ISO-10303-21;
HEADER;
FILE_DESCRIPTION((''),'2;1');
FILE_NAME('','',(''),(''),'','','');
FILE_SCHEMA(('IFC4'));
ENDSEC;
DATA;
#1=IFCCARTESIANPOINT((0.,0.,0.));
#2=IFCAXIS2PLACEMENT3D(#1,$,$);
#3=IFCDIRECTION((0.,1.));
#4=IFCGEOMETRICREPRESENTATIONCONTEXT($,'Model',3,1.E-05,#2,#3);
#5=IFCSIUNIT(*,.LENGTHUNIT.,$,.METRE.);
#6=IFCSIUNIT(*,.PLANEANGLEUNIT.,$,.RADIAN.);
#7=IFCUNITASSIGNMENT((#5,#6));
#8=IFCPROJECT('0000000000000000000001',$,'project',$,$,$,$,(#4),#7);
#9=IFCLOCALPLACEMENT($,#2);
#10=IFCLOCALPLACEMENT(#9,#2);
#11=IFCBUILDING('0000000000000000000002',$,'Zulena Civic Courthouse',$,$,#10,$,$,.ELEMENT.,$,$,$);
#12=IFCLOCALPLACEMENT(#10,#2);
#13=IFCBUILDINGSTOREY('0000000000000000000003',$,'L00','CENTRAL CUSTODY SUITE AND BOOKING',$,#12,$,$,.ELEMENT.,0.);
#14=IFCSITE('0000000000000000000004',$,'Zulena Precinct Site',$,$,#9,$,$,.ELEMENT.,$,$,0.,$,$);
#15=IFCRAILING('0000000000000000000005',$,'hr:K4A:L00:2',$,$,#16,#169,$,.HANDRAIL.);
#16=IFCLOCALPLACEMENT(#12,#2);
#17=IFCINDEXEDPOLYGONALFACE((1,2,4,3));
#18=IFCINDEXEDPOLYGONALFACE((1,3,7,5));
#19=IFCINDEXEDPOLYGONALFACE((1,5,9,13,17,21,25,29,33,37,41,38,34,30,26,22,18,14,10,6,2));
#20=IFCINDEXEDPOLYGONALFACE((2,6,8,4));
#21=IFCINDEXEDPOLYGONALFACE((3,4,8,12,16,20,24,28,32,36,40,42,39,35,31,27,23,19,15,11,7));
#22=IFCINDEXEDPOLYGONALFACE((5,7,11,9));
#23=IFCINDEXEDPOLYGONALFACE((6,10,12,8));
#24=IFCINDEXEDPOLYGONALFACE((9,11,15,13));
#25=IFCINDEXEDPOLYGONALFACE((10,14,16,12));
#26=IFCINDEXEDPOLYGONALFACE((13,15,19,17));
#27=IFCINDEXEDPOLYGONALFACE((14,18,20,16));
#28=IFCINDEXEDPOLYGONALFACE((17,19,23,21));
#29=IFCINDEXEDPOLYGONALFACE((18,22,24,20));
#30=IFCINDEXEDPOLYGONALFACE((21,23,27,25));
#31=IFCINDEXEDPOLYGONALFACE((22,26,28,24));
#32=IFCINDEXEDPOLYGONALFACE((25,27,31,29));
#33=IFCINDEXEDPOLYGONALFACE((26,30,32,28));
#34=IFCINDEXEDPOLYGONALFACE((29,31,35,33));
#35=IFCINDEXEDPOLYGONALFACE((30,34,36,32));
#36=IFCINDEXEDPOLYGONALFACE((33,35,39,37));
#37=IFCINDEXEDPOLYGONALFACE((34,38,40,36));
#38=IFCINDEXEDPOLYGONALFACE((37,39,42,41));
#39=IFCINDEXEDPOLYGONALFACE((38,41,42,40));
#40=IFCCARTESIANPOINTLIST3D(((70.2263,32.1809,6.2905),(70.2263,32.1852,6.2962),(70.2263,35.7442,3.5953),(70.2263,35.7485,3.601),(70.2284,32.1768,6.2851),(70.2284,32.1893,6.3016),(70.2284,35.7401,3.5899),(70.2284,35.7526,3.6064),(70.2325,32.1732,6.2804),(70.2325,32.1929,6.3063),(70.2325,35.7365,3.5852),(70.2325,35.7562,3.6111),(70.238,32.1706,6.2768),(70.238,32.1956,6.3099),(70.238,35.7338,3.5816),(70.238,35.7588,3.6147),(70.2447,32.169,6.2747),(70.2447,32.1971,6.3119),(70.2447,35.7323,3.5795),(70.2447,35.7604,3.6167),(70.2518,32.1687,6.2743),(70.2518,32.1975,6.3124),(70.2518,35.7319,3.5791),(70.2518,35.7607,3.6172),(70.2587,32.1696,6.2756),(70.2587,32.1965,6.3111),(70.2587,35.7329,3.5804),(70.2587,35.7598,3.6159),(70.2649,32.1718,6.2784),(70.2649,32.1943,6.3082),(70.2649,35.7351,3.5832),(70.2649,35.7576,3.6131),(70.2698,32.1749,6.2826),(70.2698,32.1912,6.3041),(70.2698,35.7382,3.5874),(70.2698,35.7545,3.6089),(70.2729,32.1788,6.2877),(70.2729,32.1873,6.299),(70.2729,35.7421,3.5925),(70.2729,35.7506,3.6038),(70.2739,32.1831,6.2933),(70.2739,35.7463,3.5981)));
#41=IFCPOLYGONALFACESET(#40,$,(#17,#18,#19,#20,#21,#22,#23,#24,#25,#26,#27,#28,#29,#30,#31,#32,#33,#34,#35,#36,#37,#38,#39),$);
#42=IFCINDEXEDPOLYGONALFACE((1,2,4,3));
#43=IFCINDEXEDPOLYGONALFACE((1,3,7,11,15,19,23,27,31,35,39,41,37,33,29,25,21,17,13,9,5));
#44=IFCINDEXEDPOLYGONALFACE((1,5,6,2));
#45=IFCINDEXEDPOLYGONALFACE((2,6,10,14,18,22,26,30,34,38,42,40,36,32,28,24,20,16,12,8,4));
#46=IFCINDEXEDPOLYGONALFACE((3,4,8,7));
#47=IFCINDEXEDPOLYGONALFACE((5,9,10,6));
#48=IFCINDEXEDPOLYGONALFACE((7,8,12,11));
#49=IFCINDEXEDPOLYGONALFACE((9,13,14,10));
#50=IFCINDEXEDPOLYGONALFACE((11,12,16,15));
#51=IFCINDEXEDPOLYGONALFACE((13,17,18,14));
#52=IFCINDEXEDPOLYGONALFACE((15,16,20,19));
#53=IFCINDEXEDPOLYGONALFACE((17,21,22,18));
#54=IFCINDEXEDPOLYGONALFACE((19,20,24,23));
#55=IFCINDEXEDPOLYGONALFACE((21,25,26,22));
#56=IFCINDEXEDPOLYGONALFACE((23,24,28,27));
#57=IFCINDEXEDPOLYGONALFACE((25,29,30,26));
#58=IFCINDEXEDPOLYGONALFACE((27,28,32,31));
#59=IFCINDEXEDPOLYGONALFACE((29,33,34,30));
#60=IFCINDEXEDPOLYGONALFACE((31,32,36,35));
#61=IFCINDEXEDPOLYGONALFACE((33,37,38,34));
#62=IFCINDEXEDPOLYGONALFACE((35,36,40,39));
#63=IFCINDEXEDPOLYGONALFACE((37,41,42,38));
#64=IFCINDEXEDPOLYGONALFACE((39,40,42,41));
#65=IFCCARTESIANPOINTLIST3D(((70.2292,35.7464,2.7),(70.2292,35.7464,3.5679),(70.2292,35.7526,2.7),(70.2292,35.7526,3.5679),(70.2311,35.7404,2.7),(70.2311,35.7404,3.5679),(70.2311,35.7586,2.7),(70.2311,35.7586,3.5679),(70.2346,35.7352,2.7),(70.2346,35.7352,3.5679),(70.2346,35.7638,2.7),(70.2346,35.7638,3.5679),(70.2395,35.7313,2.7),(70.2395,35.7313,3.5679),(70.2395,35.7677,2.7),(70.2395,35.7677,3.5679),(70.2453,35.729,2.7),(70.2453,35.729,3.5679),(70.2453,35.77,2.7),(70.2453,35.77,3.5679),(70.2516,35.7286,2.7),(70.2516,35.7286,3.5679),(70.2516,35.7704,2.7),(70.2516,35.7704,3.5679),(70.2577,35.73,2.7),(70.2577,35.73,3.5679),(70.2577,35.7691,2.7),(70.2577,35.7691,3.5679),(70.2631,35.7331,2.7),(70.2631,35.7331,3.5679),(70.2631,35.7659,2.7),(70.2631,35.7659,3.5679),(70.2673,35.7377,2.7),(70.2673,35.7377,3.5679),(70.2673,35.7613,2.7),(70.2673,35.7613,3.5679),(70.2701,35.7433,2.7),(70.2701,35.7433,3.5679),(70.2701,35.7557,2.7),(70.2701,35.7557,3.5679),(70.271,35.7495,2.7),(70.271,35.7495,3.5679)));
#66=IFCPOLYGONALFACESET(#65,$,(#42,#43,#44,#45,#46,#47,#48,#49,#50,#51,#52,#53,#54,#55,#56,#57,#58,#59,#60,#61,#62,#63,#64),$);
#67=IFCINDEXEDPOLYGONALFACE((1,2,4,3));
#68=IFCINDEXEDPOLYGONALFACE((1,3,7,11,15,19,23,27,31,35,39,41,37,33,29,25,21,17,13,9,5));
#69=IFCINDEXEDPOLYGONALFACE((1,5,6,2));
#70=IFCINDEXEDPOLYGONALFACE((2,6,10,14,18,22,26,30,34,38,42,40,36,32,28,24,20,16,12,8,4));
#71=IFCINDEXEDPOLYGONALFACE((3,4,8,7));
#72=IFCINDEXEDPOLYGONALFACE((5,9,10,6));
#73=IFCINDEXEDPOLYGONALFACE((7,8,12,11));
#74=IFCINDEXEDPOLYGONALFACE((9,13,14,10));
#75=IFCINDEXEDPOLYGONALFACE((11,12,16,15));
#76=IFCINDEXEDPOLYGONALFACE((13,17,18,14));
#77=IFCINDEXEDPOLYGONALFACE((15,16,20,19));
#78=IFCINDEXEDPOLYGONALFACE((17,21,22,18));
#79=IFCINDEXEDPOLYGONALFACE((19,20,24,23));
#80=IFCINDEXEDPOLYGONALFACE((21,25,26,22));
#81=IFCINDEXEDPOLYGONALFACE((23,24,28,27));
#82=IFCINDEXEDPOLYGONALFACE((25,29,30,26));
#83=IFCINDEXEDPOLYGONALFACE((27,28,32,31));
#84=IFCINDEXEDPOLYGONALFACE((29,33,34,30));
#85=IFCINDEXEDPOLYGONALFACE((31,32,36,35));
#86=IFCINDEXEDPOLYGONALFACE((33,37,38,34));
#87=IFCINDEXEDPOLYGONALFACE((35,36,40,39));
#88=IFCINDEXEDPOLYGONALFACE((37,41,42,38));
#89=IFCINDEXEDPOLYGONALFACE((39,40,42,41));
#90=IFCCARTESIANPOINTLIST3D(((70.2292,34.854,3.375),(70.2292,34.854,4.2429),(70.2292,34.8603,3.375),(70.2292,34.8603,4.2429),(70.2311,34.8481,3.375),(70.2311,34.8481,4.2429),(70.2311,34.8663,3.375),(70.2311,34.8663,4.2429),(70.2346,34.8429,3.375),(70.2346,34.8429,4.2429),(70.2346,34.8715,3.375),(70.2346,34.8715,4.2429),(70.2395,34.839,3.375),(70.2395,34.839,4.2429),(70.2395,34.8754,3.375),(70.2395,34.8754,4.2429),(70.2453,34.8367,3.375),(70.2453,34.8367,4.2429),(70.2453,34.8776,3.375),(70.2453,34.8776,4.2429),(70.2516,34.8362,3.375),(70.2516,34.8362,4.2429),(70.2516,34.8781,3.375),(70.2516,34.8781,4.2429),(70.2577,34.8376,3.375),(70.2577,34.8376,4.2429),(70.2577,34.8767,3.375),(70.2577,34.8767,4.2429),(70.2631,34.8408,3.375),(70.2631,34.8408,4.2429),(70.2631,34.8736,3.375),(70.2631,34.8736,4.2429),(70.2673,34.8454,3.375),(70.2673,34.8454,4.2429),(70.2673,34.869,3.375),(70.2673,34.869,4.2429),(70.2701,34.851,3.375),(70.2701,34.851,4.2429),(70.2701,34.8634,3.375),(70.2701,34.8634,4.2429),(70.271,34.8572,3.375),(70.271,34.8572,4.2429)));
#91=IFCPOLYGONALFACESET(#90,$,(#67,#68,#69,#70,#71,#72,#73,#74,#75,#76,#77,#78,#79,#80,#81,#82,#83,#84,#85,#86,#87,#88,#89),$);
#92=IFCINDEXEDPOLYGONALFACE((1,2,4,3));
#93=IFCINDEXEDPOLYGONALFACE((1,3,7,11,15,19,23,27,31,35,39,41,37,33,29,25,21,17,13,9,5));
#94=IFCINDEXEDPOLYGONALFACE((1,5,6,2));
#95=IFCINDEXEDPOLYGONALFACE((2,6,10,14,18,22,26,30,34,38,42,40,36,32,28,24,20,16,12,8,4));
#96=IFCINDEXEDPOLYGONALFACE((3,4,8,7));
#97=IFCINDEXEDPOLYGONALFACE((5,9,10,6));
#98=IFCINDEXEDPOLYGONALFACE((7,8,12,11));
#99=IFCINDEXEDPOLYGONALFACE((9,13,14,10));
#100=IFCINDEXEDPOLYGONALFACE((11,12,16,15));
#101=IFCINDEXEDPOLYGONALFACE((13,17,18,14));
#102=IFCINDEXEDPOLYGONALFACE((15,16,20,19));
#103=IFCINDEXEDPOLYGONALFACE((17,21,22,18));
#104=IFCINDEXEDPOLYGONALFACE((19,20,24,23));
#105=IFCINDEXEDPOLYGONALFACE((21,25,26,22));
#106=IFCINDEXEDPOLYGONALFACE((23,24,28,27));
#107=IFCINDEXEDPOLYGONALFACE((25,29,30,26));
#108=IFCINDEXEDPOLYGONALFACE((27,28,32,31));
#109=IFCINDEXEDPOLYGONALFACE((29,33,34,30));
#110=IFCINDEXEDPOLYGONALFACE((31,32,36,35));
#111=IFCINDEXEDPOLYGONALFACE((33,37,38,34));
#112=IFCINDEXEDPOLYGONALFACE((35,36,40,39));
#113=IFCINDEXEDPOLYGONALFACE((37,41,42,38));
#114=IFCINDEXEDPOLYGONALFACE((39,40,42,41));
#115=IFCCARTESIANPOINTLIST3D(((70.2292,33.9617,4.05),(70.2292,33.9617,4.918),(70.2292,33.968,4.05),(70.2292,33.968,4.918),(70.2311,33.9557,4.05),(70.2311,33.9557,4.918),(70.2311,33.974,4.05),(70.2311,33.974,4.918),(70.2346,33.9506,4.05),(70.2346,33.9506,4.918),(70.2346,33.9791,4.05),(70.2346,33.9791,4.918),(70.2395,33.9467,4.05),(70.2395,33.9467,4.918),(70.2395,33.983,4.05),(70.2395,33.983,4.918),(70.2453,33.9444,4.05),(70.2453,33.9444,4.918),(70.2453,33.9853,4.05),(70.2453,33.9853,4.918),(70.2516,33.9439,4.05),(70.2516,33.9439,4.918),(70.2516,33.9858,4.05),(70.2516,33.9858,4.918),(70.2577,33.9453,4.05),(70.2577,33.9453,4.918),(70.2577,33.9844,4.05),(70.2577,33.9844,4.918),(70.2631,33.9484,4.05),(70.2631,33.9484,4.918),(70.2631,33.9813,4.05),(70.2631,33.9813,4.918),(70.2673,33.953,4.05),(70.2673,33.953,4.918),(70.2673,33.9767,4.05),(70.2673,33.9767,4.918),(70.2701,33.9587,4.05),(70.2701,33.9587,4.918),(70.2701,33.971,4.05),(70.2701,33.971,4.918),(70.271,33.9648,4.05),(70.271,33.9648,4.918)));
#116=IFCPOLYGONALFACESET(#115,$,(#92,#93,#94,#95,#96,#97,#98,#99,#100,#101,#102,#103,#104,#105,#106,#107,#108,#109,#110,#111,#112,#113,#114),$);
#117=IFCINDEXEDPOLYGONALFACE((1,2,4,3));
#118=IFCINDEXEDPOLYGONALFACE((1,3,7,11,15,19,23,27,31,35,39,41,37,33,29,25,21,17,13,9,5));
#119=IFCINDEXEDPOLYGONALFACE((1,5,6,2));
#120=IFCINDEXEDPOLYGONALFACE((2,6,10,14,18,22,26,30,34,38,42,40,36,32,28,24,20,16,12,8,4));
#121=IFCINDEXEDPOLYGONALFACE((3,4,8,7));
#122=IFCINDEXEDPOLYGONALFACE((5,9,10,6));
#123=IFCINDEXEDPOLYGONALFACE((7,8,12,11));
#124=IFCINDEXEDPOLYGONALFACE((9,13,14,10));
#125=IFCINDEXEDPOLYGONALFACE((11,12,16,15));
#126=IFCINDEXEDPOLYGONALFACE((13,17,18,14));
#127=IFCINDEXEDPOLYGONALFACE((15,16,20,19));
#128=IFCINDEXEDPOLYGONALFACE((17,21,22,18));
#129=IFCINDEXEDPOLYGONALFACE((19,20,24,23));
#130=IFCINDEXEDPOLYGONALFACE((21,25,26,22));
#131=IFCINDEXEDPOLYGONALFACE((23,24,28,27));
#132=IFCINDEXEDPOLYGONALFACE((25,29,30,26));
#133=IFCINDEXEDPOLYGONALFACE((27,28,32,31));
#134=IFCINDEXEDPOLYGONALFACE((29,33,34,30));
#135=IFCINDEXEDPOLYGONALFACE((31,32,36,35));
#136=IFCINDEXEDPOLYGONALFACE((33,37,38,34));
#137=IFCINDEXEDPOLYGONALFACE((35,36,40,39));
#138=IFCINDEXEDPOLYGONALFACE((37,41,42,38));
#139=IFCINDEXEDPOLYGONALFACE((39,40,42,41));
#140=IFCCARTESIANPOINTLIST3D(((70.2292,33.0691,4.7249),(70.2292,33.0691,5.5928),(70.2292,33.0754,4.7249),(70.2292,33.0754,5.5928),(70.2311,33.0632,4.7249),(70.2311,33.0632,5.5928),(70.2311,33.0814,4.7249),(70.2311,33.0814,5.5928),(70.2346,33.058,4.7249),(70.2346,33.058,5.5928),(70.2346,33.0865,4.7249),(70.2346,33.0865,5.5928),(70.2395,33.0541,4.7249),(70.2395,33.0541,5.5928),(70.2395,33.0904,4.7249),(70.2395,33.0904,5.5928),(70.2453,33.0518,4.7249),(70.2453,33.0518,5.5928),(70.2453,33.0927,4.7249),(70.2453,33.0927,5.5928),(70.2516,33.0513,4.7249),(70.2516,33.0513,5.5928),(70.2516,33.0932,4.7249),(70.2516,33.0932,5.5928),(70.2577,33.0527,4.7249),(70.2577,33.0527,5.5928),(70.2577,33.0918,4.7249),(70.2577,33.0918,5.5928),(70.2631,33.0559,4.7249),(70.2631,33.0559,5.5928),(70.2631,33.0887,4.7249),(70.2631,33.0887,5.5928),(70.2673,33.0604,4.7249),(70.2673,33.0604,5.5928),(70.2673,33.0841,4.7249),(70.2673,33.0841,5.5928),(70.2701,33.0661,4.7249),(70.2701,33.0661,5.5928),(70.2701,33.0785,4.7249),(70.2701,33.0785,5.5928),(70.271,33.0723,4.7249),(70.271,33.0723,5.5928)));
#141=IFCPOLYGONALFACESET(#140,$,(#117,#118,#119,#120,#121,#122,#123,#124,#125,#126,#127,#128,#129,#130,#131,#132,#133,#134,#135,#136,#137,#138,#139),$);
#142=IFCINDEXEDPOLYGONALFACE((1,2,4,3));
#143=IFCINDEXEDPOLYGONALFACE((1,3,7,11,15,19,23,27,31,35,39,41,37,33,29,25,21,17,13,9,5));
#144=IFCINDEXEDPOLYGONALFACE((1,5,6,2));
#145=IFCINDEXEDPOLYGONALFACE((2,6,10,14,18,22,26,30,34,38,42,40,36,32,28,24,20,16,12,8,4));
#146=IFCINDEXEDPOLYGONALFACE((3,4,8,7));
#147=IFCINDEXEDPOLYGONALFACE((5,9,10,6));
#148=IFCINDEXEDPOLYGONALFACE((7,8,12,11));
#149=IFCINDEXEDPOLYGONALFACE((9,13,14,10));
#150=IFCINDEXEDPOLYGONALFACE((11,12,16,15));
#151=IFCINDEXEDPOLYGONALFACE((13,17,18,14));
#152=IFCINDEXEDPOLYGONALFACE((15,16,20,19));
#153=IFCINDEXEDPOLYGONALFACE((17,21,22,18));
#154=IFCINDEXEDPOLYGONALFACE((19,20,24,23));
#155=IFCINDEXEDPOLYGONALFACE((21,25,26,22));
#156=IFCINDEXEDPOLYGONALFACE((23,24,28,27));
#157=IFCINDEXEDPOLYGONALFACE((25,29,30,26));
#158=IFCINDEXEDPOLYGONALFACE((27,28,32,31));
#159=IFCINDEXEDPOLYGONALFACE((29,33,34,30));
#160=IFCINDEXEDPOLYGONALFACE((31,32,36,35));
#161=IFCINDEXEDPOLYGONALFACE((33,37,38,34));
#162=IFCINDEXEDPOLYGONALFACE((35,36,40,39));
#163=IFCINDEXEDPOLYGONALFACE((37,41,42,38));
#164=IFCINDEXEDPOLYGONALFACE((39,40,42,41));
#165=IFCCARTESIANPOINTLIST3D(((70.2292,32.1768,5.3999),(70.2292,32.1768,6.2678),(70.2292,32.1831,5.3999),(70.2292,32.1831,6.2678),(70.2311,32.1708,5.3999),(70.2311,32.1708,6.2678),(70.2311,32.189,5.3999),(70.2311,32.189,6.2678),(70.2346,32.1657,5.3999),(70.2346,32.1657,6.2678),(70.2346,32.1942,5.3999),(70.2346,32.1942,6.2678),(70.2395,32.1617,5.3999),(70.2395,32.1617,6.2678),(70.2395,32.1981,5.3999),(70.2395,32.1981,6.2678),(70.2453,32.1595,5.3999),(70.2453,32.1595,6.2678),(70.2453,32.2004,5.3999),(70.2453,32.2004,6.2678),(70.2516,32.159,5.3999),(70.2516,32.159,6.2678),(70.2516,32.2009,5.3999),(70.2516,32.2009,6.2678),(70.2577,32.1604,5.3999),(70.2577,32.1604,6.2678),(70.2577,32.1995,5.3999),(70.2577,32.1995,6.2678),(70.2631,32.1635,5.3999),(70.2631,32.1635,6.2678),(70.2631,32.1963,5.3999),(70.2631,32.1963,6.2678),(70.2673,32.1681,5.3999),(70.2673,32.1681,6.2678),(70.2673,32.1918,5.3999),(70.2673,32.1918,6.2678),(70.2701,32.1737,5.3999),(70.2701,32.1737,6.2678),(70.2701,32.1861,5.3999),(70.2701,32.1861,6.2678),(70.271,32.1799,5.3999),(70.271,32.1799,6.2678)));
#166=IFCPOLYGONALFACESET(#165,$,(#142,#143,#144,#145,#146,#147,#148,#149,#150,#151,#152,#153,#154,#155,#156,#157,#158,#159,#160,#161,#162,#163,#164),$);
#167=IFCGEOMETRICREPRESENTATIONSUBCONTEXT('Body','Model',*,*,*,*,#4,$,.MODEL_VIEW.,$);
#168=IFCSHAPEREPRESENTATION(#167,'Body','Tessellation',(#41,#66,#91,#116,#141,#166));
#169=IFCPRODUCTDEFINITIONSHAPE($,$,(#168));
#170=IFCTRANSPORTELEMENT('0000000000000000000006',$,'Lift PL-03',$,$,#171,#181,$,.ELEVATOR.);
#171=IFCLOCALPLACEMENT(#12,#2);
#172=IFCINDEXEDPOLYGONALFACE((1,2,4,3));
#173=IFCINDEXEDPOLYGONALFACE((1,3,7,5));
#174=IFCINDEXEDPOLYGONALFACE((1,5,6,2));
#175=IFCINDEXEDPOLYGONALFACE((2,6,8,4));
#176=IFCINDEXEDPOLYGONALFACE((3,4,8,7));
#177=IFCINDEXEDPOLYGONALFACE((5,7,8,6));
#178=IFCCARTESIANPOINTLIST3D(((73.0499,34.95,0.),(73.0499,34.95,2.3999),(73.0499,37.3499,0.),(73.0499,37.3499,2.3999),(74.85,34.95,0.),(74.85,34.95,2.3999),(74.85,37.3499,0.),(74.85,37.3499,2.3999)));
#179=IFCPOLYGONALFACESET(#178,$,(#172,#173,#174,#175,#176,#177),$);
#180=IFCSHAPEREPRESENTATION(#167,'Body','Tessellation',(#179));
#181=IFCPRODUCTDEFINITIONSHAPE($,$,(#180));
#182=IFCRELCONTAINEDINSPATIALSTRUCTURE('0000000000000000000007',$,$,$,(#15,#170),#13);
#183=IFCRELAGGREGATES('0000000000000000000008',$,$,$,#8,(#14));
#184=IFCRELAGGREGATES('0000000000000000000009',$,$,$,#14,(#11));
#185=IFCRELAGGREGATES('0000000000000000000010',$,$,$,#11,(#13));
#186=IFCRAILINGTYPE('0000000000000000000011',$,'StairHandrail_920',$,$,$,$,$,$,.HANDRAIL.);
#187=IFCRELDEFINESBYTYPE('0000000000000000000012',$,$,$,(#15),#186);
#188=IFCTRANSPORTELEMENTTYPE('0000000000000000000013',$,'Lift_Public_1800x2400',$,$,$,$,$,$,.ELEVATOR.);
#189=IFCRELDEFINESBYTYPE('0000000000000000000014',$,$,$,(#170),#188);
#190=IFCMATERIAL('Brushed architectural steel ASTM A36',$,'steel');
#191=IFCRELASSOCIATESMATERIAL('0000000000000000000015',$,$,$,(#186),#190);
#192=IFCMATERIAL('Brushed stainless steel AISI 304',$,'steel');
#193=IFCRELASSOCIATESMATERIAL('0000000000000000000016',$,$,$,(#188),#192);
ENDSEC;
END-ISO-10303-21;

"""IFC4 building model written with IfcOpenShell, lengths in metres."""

from ifc_helpers import new_model, si_unit, direction, frame, origin, origin_2d, place, context, subcontext, project, spatial, rectangle, circle, extrude, material, type_object, element, save


model = new_model("IFC4")

# Units and contexts
model_context = context("Model", 3, precision=1e-05, world=origin(), true_north=direction((0.0, 1.0)))
body_context = subcontext(model_context, "Body", "Model", "MODEL_VIEW")
ifc_project = project(units=[si_unit("LENGTHUNIT", "METRE"), si_unit("PLANEANGLEUNIT", "RADIAN")], contexts=[model_context])

# Site, building, storey
site_placement = place(None, origin())
site = spatial("IfcSite", under=ifc_project, at=site_placement, Name="Zulena Precinct Site", CompositionType="ELEMENT", RefElevation=0.0)
building_placement = place(site_placement, origin())
building = spatial("IfcBuilding", under=site, at=building_placement, Name="Zulena Civic Courthouse", CompositionType="ELEMENT")
storey_placement = place(building_placement, origin())
storey = spatial("IfcBuildingStorey", under=building, at=storey_placement, Name="L00", Description="CENTRAL CUSTODY SUITE AND BOOKING", CompositionType="ELEMENT", Elevation=0.0)

# Railing
ifc_material_1 = material(Name="Brushed architectural steel ASTM A36", Category="steel")
railing_type_1 = type_object("IfcRailingType", Name="StairHandrail_920", PredefinedType="HANDRAIL", material=ifc_material_1)
railing_1_placement = place(storey_placement, frame((70.25, 35.7495, 2.7)))
element("IfcRailing", 1, at=railing_1_placement, inside=storey, type_object=railing_type_1, Name="hr:K4A:L00:2", PredefinedType="HANDRAIL", context=body_context, shape_type="SweptSolid", body=[
    extrude(circle(Radius=0.0239, at=origin_2d()), frame((0.0, -0.0032, 0.8982), z_axis=(0.0, -0.797552, 0.60325), x_axis=(1.0, 0.0, 0.0)), (0.0, 0.0, 1.0), 4.4678),
    extrude(circle(Radius=0.021, at=origin_2d()), origin(), (0.0, 0.0, 1.0), 0.8679),
    extrude(circle(Radius=0.021, at=origin_2d()), frame((0.0, -0.8923, 0.675)), (0.0, 0.0, 1.0), 0.8679),
    extrude(circle(Radius=0.021, at=origin_2d()), frame((0.0, -1.7847, 1.3501)), (0.0, 0.0, 1.0), 0.8679),
    extrude(circle(Radius=0.021, at=origin_2d()), frame((0.0, -2.6772, 2.0249)), (0.0, 0.0, 1.0), 0.8679),
    extrude(circle(Radius=0.021, at=origin_2d()), frame((0.0, -3.5696, 2.7)), (0.0, 0.0, 1.0), 0.8679),
])

# Transport element
ifc_material_2 = material(Name="Brushed stainless steel AISI 304", Category="steel")
transport_element_type = type_object("IfcTransportElementType", Name="Lift_Public_1800x2400", PredefinedType="ELEVATOR", material=ifc_material_2)
transport_element_placement = place(storey_placement, frame((73.95, 36.1499, 0.0), z_axis=(0.0, 0.0, 1.0), x_axis=(1.0, 0.0, 0.0)))
element("IfcTransportElement", 2, at=transport_element_placement, inside=storey, type_object=transport_element_type, Name="Lift PL-03", PredefinedType="ELEVATOR", context=body_context, shape_type="SweptSolid", body=[
    extrude(rectangle(XDim=1.8, YDim=2.3999, at=origin_2d()), origin(), (0.0, 0.0, 1.0), 2.3999),
])

save(model, "model.ifc")
